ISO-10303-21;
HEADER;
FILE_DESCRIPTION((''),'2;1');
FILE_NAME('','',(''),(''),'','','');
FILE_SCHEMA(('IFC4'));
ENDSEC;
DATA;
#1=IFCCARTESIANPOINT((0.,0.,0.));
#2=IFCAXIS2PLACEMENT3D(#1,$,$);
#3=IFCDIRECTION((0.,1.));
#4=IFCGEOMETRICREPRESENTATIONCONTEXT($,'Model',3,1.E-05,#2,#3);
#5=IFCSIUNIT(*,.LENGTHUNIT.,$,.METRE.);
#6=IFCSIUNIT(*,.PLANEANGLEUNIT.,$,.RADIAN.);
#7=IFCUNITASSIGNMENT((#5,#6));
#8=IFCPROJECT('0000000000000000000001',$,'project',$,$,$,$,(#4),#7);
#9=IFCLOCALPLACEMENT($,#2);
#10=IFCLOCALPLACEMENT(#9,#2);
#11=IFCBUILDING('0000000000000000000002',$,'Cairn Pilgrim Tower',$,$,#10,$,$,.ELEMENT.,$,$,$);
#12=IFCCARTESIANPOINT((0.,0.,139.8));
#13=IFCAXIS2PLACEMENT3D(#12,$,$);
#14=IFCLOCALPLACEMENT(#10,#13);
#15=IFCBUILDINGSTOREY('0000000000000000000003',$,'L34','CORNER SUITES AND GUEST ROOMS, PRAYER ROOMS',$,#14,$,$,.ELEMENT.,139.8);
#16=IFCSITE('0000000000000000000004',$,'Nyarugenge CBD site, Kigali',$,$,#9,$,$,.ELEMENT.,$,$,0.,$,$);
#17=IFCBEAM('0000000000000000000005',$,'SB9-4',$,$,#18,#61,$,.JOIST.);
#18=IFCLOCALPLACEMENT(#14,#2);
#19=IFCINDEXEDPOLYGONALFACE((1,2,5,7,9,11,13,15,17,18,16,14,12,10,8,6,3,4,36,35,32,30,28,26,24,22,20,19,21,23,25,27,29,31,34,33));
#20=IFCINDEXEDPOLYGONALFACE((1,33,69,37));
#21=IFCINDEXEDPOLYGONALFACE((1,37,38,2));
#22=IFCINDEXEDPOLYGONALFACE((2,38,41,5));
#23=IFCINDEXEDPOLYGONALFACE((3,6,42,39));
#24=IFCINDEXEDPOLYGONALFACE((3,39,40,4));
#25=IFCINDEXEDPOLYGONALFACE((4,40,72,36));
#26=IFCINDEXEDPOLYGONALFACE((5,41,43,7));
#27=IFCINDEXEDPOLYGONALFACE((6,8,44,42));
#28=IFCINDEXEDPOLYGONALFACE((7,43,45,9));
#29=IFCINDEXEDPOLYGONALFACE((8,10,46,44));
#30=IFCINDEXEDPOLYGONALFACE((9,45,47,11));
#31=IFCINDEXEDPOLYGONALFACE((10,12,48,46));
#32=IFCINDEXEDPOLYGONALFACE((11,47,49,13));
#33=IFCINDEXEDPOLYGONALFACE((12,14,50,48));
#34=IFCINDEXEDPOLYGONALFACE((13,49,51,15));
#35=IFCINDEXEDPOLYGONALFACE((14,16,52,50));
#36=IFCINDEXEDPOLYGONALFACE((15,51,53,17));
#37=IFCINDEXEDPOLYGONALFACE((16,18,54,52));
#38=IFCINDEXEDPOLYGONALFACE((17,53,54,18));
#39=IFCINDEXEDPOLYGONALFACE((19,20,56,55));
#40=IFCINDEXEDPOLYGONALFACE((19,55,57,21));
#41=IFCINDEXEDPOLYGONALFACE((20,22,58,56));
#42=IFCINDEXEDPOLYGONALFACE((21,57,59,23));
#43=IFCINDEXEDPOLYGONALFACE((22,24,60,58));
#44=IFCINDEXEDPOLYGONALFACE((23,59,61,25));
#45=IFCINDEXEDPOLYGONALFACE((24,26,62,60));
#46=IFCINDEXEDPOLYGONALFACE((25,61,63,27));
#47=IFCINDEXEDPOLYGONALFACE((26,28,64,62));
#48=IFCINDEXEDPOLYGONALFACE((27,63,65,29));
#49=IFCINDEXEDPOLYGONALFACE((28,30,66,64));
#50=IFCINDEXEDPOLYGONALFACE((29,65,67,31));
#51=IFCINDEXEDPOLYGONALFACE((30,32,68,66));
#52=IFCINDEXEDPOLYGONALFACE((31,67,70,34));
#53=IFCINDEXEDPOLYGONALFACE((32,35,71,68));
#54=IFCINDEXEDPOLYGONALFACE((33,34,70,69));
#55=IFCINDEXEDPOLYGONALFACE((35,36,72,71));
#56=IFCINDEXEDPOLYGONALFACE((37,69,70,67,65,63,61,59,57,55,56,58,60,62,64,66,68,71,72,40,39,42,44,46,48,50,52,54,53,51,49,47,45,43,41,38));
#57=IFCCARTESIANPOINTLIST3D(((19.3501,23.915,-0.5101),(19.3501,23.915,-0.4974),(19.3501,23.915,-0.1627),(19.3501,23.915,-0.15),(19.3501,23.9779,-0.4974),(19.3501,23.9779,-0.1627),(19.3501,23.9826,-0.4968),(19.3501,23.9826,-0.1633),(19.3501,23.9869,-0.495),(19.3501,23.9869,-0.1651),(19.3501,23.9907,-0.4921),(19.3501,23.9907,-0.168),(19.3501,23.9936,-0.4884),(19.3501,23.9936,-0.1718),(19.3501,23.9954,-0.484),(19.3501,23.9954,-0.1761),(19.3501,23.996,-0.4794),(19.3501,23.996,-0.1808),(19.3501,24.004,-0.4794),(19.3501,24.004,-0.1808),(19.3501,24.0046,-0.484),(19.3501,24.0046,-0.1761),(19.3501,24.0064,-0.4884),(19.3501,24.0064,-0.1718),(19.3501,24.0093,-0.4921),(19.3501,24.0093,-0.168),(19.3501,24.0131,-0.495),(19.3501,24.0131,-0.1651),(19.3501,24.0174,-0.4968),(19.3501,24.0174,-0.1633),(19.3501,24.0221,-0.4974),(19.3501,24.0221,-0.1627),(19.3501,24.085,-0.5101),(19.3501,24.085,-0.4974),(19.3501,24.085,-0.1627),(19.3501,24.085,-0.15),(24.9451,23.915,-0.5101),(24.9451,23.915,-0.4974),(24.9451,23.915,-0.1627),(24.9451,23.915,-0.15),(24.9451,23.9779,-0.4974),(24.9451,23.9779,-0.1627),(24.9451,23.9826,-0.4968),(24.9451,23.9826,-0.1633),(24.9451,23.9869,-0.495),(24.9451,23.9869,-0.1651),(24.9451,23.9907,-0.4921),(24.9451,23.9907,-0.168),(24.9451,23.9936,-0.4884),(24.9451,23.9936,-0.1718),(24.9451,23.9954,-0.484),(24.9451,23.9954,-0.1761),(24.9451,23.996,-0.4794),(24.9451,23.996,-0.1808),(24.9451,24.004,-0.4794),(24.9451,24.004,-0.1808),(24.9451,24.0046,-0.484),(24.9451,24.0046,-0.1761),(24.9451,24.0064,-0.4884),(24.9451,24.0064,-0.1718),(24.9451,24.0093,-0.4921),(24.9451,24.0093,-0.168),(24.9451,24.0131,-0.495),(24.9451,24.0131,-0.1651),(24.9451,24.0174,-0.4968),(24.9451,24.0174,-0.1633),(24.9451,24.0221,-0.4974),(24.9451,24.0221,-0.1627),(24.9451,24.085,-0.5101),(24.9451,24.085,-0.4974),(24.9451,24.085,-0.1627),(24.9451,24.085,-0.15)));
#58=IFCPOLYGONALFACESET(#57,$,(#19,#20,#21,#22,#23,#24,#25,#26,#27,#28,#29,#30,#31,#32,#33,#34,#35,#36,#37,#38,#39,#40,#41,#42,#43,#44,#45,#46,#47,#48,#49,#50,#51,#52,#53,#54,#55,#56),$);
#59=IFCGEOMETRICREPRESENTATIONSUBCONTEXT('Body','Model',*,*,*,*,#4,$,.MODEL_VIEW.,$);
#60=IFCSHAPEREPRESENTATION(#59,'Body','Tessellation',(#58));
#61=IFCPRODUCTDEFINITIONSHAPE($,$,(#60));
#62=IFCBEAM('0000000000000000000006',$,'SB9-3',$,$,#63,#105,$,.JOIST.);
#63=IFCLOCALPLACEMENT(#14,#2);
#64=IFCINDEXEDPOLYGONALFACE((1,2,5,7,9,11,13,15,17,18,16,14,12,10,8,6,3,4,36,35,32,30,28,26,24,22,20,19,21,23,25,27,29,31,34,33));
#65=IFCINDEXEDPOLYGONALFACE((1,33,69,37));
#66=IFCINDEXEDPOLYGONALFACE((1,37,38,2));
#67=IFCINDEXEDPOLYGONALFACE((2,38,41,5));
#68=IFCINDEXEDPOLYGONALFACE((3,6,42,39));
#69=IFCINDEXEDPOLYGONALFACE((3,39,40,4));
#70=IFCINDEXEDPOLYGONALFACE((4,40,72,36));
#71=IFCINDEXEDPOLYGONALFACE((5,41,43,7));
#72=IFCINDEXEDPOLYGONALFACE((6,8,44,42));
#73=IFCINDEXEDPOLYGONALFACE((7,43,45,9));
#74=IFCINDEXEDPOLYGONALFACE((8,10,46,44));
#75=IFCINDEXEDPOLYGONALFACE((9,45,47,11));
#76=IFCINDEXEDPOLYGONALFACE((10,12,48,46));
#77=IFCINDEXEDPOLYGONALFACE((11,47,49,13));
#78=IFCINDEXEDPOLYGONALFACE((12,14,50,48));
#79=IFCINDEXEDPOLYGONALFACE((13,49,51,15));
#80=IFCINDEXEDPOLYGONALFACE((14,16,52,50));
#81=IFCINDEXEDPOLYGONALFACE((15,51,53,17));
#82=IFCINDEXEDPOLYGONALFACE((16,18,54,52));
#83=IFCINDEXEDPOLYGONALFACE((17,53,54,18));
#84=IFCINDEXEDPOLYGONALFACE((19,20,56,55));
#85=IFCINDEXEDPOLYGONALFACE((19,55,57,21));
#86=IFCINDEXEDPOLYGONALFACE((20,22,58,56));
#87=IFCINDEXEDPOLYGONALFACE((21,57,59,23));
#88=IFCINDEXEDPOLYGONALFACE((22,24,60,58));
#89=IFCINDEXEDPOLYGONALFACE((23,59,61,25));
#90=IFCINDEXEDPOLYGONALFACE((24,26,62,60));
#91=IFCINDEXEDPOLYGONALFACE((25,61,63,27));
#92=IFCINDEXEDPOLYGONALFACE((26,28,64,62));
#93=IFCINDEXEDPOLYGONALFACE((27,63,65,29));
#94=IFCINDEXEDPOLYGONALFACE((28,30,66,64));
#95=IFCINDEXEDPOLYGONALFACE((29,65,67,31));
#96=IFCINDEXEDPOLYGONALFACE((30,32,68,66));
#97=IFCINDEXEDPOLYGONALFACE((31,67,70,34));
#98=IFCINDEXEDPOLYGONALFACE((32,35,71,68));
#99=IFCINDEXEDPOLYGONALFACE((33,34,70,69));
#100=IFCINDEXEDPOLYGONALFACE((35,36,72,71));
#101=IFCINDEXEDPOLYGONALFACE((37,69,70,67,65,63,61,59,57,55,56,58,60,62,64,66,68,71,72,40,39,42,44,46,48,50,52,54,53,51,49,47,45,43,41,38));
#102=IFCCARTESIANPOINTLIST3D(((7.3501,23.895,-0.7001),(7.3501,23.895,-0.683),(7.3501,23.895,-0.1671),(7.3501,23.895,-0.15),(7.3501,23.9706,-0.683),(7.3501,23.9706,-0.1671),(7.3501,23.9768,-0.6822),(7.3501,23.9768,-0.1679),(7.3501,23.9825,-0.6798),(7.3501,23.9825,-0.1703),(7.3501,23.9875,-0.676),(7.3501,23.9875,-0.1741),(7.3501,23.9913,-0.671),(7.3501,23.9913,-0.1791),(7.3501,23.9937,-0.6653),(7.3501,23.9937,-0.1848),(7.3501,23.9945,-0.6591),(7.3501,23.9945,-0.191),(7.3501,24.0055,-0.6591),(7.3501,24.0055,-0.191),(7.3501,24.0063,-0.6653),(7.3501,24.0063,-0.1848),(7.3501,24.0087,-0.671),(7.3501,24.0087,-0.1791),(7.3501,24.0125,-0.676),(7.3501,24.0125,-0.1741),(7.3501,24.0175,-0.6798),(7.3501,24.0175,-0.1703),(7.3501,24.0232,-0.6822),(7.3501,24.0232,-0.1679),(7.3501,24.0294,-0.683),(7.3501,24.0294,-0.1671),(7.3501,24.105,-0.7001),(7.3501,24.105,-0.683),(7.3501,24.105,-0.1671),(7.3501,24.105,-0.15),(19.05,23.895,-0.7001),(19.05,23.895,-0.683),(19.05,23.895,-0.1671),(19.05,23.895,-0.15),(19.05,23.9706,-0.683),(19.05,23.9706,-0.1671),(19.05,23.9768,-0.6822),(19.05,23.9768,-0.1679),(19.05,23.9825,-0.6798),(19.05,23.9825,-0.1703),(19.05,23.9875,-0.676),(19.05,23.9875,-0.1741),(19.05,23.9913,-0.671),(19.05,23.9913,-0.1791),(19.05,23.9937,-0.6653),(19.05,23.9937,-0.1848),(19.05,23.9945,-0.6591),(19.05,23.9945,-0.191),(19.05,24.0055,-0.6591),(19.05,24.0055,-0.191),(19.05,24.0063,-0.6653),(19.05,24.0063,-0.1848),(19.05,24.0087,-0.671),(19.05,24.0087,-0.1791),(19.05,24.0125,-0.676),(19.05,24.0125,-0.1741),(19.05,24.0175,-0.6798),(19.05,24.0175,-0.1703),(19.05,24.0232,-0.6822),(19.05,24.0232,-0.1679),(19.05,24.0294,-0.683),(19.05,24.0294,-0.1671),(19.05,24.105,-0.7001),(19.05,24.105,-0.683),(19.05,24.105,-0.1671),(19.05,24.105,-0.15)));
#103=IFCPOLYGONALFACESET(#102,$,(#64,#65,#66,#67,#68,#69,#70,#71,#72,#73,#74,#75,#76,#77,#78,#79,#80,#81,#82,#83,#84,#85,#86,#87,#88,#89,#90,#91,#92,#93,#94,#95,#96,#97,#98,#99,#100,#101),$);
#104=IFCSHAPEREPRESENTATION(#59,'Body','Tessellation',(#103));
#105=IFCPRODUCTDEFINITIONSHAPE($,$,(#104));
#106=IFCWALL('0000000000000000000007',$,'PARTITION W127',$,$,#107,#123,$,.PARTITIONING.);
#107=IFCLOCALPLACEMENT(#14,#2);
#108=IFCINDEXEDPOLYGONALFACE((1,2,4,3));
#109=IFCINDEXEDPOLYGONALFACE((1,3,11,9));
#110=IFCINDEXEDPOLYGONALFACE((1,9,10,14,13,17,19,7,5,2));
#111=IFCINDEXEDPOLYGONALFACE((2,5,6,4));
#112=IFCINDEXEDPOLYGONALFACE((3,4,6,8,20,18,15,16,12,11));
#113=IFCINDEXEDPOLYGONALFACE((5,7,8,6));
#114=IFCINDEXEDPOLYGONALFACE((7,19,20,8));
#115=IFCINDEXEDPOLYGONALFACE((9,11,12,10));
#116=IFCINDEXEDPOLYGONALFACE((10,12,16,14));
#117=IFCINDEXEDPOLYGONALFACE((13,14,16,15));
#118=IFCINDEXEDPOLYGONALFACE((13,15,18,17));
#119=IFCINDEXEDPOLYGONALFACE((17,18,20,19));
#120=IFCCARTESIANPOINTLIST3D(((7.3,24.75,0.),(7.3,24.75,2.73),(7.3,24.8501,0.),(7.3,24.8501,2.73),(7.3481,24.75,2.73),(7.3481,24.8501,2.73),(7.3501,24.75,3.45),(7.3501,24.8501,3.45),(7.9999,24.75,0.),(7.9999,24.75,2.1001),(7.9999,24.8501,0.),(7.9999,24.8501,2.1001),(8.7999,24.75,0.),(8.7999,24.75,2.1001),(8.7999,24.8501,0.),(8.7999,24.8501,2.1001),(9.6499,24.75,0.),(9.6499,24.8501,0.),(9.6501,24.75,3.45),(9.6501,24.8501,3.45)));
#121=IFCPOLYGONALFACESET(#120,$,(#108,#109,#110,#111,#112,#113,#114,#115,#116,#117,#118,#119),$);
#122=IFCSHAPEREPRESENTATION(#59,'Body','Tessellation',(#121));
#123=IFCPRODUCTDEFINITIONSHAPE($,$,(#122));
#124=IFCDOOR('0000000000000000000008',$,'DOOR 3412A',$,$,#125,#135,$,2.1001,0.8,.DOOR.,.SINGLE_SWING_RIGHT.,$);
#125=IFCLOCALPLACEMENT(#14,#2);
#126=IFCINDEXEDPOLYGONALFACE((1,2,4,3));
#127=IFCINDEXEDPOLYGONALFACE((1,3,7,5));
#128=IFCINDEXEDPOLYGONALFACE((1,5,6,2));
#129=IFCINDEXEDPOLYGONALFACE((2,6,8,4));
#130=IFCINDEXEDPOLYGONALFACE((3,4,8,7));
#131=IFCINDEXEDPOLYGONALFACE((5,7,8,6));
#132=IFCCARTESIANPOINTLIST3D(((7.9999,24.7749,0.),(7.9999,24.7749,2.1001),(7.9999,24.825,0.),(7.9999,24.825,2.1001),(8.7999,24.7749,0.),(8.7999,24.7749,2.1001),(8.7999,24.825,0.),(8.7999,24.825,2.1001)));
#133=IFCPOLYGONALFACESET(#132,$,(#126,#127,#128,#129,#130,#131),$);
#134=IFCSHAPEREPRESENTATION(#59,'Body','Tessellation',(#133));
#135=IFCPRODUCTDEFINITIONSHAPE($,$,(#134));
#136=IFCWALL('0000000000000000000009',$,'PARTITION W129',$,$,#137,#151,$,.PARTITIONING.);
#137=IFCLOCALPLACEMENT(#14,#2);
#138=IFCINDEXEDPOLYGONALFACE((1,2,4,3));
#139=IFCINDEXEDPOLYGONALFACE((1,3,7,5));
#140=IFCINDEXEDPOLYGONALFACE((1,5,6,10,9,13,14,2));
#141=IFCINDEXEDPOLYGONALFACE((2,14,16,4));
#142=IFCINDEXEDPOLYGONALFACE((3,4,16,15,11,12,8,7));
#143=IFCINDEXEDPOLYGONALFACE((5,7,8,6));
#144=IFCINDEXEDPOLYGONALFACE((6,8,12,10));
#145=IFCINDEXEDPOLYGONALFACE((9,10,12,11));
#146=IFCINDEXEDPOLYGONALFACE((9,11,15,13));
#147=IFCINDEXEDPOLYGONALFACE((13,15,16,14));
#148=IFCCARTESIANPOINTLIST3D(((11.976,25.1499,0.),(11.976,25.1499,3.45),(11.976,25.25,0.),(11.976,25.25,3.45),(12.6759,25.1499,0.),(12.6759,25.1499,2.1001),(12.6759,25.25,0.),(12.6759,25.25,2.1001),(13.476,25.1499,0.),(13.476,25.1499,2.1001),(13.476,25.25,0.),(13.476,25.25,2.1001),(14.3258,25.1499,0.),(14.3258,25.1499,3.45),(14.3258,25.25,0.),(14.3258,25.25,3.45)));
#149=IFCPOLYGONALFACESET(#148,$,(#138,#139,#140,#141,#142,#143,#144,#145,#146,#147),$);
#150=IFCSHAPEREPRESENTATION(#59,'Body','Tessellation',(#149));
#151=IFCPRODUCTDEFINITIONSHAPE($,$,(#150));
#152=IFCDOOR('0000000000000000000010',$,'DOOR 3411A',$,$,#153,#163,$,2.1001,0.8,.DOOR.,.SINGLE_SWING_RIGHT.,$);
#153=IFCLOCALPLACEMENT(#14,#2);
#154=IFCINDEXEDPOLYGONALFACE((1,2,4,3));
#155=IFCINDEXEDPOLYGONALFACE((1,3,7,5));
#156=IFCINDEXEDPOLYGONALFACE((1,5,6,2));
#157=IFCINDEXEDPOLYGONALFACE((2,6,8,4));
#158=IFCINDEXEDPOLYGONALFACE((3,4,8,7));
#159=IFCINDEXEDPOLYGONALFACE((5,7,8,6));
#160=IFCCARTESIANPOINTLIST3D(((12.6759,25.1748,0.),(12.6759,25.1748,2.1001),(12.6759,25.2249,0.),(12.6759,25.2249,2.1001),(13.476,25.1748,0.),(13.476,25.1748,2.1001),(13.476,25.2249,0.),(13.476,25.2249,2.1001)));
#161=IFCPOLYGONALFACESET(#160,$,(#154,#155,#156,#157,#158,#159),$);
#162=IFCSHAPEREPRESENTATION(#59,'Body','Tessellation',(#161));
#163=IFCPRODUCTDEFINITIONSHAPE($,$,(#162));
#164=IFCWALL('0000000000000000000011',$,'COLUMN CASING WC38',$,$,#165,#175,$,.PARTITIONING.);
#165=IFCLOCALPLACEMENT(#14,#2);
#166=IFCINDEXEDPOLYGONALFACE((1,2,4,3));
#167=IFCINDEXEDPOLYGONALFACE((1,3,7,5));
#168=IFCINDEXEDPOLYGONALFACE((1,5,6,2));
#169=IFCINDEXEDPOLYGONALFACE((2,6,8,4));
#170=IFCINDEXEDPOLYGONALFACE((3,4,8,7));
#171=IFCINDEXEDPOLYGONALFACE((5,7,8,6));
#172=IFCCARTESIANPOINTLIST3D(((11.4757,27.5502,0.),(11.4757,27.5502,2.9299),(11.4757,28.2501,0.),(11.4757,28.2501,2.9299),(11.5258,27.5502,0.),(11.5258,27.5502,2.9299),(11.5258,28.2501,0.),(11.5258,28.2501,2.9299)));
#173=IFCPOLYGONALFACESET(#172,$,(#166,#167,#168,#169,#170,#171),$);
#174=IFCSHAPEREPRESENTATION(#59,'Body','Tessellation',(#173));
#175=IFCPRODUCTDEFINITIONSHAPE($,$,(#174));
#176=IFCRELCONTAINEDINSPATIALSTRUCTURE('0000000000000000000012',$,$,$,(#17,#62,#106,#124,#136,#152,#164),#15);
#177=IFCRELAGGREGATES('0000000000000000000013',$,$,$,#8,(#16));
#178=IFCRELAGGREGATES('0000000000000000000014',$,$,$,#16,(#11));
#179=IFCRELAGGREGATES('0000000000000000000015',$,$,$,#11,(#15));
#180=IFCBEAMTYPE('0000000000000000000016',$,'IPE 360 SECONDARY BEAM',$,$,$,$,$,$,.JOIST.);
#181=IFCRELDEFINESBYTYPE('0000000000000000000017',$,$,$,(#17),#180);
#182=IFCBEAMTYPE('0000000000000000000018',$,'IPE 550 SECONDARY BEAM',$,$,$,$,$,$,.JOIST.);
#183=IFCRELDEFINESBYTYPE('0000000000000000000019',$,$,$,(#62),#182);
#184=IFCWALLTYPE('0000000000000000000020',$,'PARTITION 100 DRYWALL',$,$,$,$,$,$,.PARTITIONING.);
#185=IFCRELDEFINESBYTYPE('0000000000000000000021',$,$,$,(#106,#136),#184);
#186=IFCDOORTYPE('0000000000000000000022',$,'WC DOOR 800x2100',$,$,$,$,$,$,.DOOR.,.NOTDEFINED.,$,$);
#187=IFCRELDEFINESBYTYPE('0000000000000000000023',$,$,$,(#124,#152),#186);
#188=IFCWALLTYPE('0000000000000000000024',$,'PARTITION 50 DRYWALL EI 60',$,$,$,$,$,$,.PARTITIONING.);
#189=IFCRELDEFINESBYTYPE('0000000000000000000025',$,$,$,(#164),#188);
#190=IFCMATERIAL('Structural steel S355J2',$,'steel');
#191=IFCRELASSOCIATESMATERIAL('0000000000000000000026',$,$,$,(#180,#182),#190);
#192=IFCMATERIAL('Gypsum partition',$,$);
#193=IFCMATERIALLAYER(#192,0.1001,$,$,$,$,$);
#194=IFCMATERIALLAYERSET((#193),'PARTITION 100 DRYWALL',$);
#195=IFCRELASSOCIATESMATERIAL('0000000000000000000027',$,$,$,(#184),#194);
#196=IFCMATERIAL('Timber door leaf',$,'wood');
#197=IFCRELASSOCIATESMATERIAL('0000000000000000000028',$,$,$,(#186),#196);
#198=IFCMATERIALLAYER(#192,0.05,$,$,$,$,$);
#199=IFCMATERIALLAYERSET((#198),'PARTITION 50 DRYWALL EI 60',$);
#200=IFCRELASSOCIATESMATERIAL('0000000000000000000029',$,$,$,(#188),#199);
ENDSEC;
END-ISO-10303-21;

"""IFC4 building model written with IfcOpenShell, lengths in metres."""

from ifc_helpers import new_model, si_unit, direction, frame, frame_2d, origin, origin_2d, place, context, subcontext, project, spatial, polyline, rectangle, i_section, outline, extrude, material, layer, layer_set, material_profile, profile_set, type_object, element, fill, save


model = new_model("IFC4")

# Units and contexts
model_context = context("Model", 3, precision=1e-05, world=origin(), true_north=direction((0.0, 1.0)))
body_context = subcontext(model_context, "Body", "Model", "MODEL_VIEW")
ifc_project = project(units=[si_unit("LENGTHUNIT", "METRE"), si_unit("PLANEANGLEUNIT", "RADIAN")], contexts=[model_context])

# Site, building, storey
site_placement = place(None, origin())
site = spatial("IfcSite", under=ifc_project, at=site_placement, Name="Nyarugenge CBD site, Kigali", CompositionType="ELEMENT", RefElevation=0.0)
building_placement = place(site_placement, origin())
building = spatial("IfcBuilding", under=site, at=building_placement, Name="Cairn Pilgrim Tower", CompositionType="ELEMENT")
storey_placement = place(building_placement, frame((0.0, 0.0, 139.8)))
storey = spatial("IfcBuildingStorey", under=building, at=storey_placement, Name="L34", Description="CORNER SUITES AND GUEST ROOMS, PRAYER ROOMS", CompositionType="ELEMENT", Elevation=139.8)

# Beams
ifc_material_1 = material(Name="Structural steel S355J2", Category="steel")
ifc_material_profile_1 = material_profile(ifc_material_1, i_section(OverallWidth=0.1699, OverallDepth=0.3601, WebThickness=0.0081, FlangeThickness=0.0127, FilletRadius=0.0181, at=origin_2d()), Name="IPE 360")
ifc_profile_set_1 = profile_set([ifc_material_profile_1], Name="Structural steel S355J2")
beam_type_1 = type_object("IfcBeamType", Name="IPE 360 SECONDARY BEAM", PredefinedType="JOIST", material=ifc_profile_set_1)
beam_1_placement = place(storey_placement, frame((19.3501, 24.0, -0.3301), z_axis=(1.0, 0.0, 0.0), x_axis=(0.0, 1.0, 0.0)))
element("IfcBeam", 1, at=beam_1_placement, inside=storey, type_object=beam_type_1, Name="SB9-4", PredefinedType="JOIST", context=body_context, shape_type="SweptSolid", body=[
    extrude(i_section(OverallWidth=0.1699, OverallDepth=0.3601, WebThickness=0.0081, FlangeThickness=0.0127, FilletRadius=0.0181, at=origin_2d()), origin(), (0.0, 0.0, 1.0), 5.595),
])
ifc_material_profile_2 = material_profile(ifc_material_1, i_section(OverallWidth=0.21, OverallDepth=0.55, WebThickness=0.011, FlangeThickness=0.0171, FilletRadius=0.0239, at=origin_2d()), Name="IPE 550")
ifc_profile_set_2 = profile_set([ifc_material_profile_2], Name="Structural steel S355J2")
beam_type_2 = type_object("IfcBeamType", Name="IPE 550 SECONDARY BEAM", PredefinedType="JOIST", material=ifc_profile_set_2)
beam_2_placement = place(storey_placement, frame((7.3501, 24.0, -0.425), z_axis=(1.0, 0.0, 0.0), x_axis=(0.0, 1.0, 0.0)))
element("IfcBeam", 2, at=beam_2_placement, inside=storey, type_object=beam_type_2, Name="SB9-3", PredefinedType="JOIST", context=body_context, shape_type="SweptSolid", body=[
    extrude(i_section(OverallWidth=0.21, OverallDepth=0.55, WebThickness=0.011, FlangeThickness=0.0171, FilletRadius=0.0239, at=origin_2d()), origin(), (0.0, 0.0, 1.0), 11.7),
])

# Walls, openings, doors
ifc_material_2 = material(Name="Gypsum partition")
ifc_layer_1 = layer(ifc_material_2, 0.1001)
ifc_layer_set_1 = layer_set([ifc_layer_1], Name="PARTITION 100 DRYWALL")
wall_type_1 = type_object("IfcWallType", Name="PARTITION 100 DRYWALL", PredefinedType="PARTITIONING", material=ifc_layer_set_1)
wall_1_placement = place(storey_placement, frame((7.3, 24.8, 0.0), z_axis=(0.0, 0.0, 1.0), x_axis=(1.0, 0.0, 0.0)))
wall_1 = element("IfcWall", 3, at=wall_1_placement, inside=storey, type_object=wall_type_1, Name="PARTITION W127", PredefinedType="PARTITIONING", context=body_context, shape_type="SweptSolid", body=[
    extrude(outline(polyline([(0.0, 0.0), (2.3499, 0.0), (2.3501, 3.45), (0.05, 3.45), (0.0481, 2.73), (0.0, 2.73), (0.0, 0.0)])), frame((0.0, 0.05, 0.0), z_axis=(0.0, -1.0, 0.0), x_axis=(1.0, 0.0, 0.0)), (0.0, 0.0, 1.0), 0.1001),
])
opening_1_placement = place(wall_1_placement, frame((0.7, 0.0, 0.0)))
opening_1 = element("IfcOpeningElement", 4, at=opening_1_placement, cuts=wall_1, PredefinedType="OPENING", context=body_context, shape_type="SweptSolid", body=[
    extrude(rectangle(XDim=0.8, YDim=2.1001, at=frame_2d((0.3999, 1.05))), frame((0.0, 0.0601, 0.0), z_axis=(0.0, -1.0, 0.0), x_axis=(1.0, 0.0, 0.0)), (0.0, 0.0, 1.0), 0.1201),
])
ifc_material_3 = material(Name="Timber door leaf", Category="wood")
door_type_1 = type_object("IfcDoorType", Name="WC DOOR 800x2100", OperationType="NOTDEFINED", PredefinedType="DOOR", material=ifc_material_3)
door_1_placement = place(opening_1_placement, origin())
door_1 = element("IfcDoor", 5, at=door_1_placement, inside=storey, type_object=door_type_1, Name="DOOR 3412A", OperationType="SINGLE_SWING_RIGHT", OverallHeight=2.1001, OverallWidth=0.8, PredefinedType="DOOR", context=body_context, shape_type="SweptSolid", body=[
    extrude(rectangle(XDim=0.8, YDim=2.1001, at=frame_2d((0.3999, 1.05))), frame((0.0, 0.0249, 0.0), z_axis=(0.0, -1.0, 0.0), x_axis=(1.0, 0.0, 0.0)), (0.0, 0.0, 1.0), 0.05),
])
fill(opening_1, door_1)
wall_2_placement = place(storey_placement, frame((11.9761, 25.2, 0.0), z_axis=(0.0, 0.0, 1.0), x_axis=(1.0, 0.0, 0.0)))
wall_2 = element("IfcWall", 6, at=wall_2_placement, inside=storey, type_object=wall_type_1, Name="PARTITION W129", PredefinedType="PARTITIONING", context=body_context, shape_type="SweptSolid", body=[
    extrude(rectangle(XDim=2.3499, YDim=0.1001, at=frame_2d((1.1748, 0.0))), origin(), (0.0, 0.0, 1.0), 3.45),
])
opening_2_placement = place(wall_2_placement, frame((0.7, 0.0, 0.0)))
opening_2 = element("IfcOpeningElement", 7, at=opening_2_placement, cuts=wall_2, PredefinedType="OPENING", context=body_context, shape_type="SweptSolid", body=[
    extrude(rectangle(XDim=0.8, YDim=2.1001, at=frame_2d((0.3999, 1.05))), frame((0.0, 0.0601, 0.0), z_axis=(0.0, -1.0, 0.0), x_axis=(1.0, 0.0, 0.0)), (0.0, 0.0, 1.0), 0.1201),
])
door_2_placement = place(opening_2_placement, origin())
door_2 = element("IfcDoor", 8, at=door_2_placement, inside=storey, type_object=door_type_1, Name="DOOR 3411A", OperationType="SINGLE_SWING_RIGHT", OverallHeight=2.1001, OverallWidth=0.8, PredefinedType="DOOR", context=body_context, shape_type="SweptSolid", body=[
    extrude(rectangle(XDim=0.8, YDim=2.1001, at=frame_2d((0.3999, 1.05))), frame((0.0, 0.0249, 0.0), z_axis=(0.0, -1.0, 0.0), x_axis=(1.0, 0.0, 0.0)), (0.0, 0.0, 1.0), 0.05),
])
fill(opening_2, door_2)

# Wall
ifc_layer_2 = layer(ifc_material_2, 0.05)
ifc_layer_set_2 = layer_set([ifc_layer_2], Name="PARTITION 50 DRYWALL EI 60")
wall_type_2 = type_object("IfcWallType", Name="PARTITION 50 DRYWALL EI 60", PredefinedType="PARTITIONING", material=ifc_layer_set_2)
wall_3_placement = place(storey_placement, frame((11.5007, 27.55, 0.0), z_axis=(0.0, 0.0, 1.0), x_axis=(0.0, 1.0, 0.0)))
element("IfcWall", 9, at=wall_3_placement, inside=storey, type_object=wall_type_2, Name="COLUMN CASING WC38", PredefinedType="PARTITIONING", context=body_context, shape_type="SweptSolid", body=[
    extrude(rectangle(XDim=0.7, YDim=0.05, at=frame_2d((0.3501, 0.0))), origin(), (0.0, 0.0, 1.0), 2.9299),
])

save(model, "model.ifc")
